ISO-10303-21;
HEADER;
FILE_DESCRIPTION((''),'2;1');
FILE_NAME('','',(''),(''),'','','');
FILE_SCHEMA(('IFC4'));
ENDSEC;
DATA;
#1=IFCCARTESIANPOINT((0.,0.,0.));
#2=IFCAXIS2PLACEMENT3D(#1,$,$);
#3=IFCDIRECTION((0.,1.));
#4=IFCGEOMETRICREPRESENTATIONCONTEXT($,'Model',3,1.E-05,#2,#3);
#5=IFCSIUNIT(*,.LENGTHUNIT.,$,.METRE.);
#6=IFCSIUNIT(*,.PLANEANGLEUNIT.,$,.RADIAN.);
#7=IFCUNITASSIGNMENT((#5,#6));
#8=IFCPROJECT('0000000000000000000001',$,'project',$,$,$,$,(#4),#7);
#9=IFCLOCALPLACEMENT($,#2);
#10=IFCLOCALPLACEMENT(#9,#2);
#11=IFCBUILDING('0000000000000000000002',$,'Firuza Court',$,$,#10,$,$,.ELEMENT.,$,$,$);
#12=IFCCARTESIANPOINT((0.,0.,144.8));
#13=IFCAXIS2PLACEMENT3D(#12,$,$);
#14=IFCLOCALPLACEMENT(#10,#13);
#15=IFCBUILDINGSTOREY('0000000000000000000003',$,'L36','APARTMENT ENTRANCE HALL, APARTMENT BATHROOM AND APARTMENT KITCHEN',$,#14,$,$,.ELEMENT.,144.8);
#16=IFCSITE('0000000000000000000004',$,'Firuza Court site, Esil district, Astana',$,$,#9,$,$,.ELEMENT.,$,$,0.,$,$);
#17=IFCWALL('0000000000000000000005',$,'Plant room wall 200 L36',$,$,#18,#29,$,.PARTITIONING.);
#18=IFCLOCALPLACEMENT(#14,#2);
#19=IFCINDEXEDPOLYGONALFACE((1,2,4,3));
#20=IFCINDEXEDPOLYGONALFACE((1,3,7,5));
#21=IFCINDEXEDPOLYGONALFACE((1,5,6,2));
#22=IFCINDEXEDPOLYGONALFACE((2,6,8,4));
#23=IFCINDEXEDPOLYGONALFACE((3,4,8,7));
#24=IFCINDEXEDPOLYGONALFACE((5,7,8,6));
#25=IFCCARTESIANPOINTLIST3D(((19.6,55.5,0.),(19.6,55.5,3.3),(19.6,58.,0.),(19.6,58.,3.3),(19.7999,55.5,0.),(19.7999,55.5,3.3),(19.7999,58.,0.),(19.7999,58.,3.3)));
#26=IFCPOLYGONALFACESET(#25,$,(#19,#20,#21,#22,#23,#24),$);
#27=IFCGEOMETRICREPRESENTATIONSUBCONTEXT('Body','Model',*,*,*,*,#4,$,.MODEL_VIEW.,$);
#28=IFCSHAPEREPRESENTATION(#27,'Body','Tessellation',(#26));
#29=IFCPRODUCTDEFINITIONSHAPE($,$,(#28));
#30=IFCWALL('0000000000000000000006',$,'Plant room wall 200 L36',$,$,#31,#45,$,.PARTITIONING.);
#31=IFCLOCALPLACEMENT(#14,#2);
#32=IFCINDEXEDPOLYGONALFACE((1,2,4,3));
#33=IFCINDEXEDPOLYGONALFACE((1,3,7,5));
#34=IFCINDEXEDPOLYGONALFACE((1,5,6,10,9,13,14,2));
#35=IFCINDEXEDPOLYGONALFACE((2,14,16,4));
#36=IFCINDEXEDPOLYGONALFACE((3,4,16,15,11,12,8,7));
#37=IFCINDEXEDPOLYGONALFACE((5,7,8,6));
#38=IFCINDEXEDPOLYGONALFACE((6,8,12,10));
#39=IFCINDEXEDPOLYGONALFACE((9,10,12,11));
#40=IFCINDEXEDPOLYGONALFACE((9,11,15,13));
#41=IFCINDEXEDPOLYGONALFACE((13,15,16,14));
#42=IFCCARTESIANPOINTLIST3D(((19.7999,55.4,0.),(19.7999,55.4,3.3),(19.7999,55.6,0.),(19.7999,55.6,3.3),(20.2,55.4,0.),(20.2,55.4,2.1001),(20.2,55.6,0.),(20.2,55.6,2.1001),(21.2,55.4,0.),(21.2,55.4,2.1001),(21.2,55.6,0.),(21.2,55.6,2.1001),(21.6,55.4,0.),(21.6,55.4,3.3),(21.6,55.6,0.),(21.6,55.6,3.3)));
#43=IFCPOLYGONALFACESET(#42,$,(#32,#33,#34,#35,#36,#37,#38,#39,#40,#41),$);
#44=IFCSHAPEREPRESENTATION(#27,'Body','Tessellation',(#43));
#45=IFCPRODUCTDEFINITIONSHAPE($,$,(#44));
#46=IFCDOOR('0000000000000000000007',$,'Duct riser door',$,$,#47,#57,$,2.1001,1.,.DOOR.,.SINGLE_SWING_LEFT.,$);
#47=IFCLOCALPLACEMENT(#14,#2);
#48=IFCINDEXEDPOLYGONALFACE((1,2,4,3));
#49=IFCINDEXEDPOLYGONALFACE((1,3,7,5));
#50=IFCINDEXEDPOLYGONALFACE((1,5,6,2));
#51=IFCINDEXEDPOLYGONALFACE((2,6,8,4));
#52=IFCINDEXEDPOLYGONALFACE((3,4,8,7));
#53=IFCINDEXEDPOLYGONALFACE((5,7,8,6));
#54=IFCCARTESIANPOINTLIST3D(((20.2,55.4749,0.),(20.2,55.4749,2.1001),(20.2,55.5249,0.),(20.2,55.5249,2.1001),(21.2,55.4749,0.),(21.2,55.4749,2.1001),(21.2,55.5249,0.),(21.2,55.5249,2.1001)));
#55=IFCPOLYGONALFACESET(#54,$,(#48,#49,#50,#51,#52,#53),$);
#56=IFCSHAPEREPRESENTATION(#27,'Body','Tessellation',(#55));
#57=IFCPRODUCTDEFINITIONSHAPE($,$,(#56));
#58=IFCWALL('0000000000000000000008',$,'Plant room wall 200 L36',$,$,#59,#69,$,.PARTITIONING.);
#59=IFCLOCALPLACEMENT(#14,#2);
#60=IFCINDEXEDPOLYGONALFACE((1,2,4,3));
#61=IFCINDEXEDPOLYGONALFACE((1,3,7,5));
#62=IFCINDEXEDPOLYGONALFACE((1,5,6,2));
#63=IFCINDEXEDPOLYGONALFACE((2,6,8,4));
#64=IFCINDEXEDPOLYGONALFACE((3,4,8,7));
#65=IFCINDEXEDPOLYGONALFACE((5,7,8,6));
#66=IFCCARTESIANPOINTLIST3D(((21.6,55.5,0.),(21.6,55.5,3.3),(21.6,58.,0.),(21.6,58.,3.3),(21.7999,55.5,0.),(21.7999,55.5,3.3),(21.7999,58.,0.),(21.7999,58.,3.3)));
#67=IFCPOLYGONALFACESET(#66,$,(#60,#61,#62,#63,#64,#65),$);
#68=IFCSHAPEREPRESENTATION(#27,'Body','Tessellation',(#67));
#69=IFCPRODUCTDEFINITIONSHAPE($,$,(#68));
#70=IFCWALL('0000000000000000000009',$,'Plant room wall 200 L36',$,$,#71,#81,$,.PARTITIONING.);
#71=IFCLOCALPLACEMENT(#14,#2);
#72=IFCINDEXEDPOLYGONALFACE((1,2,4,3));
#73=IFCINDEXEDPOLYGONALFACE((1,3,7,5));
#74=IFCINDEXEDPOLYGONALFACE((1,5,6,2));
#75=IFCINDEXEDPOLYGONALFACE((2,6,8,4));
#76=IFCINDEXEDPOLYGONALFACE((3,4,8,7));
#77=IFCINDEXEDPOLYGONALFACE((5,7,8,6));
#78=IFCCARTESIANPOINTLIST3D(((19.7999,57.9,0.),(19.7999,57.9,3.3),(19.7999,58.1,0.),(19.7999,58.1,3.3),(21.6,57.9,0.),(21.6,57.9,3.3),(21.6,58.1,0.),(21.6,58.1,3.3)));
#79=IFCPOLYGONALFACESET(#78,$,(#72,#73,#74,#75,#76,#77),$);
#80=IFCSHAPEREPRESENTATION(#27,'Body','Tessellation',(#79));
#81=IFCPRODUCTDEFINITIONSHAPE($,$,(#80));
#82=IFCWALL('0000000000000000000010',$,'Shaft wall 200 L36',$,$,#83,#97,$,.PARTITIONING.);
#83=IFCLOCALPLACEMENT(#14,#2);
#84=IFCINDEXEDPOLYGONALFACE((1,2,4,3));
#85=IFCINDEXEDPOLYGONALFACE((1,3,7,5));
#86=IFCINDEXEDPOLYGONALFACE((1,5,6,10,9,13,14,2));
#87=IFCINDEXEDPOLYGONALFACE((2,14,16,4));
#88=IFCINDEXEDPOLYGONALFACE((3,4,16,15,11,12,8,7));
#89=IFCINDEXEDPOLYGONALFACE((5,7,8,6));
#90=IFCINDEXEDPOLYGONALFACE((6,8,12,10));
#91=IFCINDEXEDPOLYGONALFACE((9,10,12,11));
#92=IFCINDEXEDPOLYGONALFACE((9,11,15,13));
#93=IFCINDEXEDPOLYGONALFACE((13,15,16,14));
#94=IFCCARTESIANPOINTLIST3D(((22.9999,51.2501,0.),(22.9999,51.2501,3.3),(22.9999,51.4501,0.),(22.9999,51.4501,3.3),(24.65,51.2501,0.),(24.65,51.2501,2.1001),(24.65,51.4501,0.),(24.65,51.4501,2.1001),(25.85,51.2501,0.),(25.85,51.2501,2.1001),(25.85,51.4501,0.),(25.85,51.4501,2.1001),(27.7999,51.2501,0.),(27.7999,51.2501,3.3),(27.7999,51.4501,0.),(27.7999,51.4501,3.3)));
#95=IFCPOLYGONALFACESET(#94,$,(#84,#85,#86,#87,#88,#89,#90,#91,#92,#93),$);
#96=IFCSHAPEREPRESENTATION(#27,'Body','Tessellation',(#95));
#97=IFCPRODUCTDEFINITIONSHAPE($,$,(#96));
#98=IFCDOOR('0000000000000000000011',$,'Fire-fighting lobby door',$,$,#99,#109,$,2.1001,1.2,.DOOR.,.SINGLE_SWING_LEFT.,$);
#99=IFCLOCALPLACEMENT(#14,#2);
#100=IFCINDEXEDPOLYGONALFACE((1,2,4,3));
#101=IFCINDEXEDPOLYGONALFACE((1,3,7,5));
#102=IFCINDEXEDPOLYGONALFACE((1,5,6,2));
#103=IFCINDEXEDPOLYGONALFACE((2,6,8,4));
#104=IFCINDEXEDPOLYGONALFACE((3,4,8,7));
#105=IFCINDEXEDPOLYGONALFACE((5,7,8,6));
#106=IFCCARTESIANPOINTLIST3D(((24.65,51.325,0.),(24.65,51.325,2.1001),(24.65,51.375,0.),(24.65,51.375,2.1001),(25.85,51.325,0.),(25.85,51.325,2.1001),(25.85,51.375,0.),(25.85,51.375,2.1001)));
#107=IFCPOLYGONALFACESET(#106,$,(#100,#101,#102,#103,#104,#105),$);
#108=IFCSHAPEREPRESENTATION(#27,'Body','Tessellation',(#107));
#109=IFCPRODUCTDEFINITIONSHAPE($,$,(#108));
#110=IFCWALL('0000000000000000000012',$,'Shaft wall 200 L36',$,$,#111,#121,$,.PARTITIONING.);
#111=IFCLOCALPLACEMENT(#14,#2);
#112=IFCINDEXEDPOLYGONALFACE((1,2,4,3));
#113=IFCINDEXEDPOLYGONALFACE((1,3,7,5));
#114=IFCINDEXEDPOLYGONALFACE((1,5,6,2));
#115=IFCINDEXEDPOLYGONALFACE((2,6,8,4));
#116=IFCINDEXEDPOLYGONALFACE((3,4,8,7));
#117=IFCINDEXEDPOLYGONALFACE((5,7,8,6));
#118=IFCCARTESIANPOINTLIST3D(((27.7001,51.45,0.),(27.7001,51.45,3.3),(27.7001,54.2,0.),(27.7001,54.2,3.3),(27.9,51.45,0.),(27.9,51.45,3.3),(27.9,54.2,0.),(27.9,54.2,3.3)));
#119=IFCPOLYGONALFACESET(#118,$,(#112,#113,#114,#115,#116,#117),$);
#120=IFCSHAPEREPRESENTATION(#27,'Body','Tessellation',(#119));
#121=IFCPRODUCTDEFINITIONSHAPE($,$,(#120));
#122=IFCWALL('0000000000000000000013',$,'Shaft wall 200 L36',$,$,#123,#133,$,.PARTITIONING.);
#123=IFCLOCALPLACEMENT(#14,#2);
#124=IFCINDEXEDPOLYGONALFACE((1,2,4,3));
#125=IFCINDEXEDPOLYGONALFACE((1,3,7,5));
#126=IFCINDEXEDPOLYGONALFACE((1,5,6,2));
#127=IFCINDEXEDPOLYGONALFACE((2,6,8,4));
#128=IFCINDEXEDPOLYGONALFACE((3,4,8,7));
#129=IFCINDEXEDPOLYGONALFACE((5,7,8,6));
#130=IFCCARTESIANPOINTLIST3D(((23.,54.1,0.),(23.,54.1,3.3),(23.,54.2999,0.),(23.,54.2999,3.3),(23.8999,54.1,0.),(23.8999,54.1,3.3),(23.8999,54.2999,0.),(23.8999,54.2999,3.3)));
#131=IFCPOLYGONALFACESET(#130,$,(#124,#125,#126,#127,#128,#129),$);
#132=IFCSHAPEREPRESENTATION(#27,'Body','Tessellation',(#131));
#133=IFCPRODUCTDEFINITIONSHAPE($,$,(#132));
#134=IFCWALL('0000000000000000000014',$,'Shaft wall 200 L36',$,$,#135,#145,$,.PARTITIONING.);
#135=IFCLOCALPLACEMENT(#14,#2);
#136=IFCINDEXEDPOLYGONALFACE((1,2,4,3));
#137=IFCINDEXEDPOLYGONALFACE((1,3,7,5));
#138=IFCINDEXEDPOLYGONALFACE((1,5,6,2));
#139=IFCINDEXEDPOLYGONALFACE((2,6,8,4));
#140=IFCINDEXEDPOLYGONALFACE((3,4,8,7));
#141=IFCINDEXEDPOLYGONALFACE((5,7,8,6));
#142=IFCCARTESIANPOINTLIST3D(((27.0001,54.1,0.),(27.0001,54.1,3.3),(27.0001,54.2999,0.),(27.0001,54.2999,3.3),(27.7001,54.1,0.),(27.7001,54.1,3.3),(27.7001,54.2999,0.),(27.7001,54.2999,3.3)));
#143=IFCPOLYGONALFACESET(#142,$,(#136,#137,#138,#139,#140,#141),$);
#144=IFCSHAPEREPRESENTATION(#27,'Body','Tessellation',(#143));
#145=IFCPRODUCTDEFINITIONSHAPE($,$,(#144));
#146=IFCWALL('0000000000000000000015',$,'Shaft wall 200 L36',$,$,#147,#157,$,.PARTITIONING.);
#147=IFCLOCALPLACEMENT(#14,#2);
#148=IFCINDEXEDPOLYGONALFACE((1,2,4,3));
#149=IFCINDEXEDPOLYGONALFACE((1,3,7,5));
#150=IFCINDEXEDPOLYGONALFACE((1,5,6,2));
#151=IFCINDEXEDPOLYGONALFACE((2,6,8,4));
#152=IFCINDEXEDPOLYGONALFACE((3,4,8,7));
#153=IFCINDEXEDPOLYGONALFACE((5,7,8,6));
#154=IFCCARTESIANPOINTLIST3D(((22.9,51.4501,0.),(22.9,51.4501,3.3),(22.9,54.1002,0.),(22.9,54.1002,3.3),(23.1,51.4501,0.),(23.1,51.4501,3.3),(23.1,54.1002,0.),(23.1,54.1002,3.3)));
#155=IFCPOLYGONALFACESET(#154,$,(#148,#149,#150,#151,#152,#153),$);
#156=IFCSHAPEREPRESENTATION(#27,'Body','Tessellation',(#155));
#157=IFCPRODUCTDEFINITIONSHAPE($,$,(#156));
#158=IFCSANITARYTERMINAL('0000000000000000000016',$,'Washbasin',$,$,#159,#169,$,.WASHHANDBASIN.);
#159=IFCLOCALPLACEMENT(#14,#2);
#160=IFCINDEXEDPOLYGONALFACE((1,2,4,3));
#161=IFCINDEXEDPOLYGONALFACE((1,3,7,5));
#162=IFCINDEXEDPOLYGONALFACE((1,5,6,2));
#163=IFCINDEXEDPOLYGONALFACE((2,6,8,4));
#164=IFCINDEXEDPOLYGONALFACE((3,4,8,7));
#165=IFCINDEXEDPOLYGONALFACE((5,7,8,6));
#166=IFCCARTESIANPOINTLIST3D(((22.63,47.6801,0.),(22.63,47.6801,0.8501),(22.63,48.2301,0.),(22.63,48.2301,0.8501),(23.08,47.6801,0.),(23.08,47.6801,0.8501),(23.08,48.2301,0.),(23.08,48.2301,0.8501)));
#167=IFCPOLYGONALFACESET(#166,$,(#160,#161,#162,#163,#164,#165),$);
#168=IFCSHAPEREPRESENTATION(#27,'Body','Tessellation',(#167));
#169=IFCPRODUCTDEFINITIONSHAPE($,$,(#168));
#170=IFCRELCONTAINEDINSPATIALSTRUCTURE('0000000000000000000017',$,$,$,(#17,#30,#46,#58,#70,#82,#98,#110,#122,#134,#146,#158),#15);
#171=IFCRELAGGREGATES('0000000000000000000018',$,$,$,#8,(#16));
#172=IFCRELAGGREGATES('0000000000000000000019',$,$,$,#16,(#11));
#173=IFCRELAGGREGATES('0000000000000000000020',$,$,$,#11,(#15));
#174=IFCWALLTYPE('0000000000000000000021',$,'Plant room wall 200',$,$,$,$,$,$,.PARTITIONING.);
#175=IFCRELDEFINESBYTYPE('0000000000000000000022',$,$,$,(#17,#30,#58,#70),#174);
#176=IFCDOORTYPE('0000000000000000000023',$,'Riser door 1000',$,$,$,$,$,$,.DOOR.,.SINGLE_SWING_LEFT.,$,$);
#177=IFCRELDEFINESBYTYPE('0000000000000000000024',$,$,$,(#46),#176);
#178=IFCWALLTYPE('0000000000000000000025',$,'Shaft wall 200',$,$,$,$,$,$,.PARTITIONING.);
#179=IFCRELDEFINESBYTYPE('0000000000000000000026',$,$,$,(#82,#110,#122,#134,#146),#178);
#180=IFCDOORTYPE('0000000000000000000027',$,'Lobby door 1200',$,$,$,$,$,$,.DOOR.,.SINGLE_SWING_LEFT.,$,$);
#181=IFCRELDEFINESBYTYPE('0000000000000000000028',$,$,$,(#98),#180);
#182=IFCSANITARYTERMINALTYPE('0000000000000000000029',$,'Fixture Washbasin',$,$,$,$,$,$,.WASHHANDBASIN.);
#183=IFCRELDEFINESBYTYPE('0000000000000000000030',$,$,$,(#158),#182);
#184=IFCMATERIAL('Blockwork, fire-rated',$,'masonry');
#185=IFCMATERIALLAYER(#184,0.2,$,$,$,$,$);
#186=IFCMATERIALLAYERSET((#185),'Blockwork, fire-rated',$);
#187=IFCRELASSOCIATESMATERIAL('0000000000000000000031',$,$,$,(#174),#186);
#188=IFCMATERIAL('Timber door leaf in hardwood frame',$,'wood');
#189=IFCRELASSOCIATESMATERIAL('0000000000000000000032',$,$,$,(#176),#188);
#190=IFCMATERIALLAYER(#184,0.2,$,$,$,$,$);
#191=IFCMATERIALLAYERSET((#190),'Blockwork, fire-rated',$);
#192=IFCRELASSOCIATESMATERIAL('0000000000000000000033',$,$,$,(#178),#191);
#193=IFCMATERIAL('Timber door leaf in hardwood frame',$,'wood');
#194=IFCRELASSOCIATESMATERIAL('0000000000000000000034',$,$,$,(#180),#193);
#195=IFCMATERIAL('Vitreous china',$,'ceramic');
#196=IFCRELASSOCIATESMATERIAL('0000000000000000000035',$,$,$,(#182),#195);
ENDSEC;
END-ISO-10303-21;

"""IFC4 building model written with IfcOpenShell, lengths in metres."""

from ifc_helpers import new_model, si_unit, direction, frame, frame_2d, origin, origin_2d, place, context, subcontext, project, spatial, rectangle, extrude, material, layer, layer_set, type_object, element, fill, save


model = new_model("IFC4")

# Units and contexts
model_context = context("Model", 3, precision=1e-05, world=origin(), true_north=direction((0.0, 1.0)))
body_context = subcontext(model_context, "Body", "Model", "MODEL_VIEW")
ifc_project = project(units=[si_unit("LENGTHUNIT", "METRE"), si_unit("PLANEANGLEUNIT", "RADIAN")], contexts=[model_context])

# Site, building, storey
site_placement = place(None, origin())
site = spatial("IfcSite", under=ifc_project, at=site_placement, Name="Firuza Court site, Esil district, Astana", CompositionType="ELEMENT", RefElevation=0.0)
building_placement = place(site_placement, origin())
building = spatial("IfcBuilding", under=site, at=building_placement, Name="Firuza Court", CompositionType="ELEMENT")
storey_placement = place(building_placement, frame((0.0, 0.0, 144.8)))
storey = spatial("IfcBuildingStorey", under=building, at=storey_placement, Name="L36", Description="APARTMENT ENTRANCE HALL, APARTMENT BATHROOM AND APARTMENT KITCHEN", CompositionType="ELEMENT", Elevation=144.8)

# Wall
ifc_material_1 = material(Name="Blockwork, fire-rated", Category="masonry")
ifc_layer_1 = layer(ifc_material_1, 0.2)
ifc_layer_set_1 = layer_set([ifc_layer_1], Name="Blockwork, fire-rated")
wall_type_1 = type_object("IfcWallType", Name="Plant room wall 200", PredefinedType="PARTITIONING", material=ifc_layer_set_1)
wall_1_placement = place(storey_placement, frame((19.7, 55.5, 0.0), z_axis=(0.0, 0.0, 1.0), x_axis=(0.0, 1.0, 0.0)))
element("IfcWall", 1, at=wall_1_placement, inside=storey, type_object=wall_type_1, Name="Plant room wall 200 L36", PredefinedType="PARTITIONING", context=body_context, shape_type="SweptSolid", body=[
    extrude(rectangle(XDim=2.5, YDim=0.2, at=frame_2d((1.25, 0.0))), origin(), (0.0, 0.0, 1.0), 3.3),
])

# Wall, opening, door
wall_2_placement = place(storey_placement, frame((19.8, 55.5, 0.0), z_axis=(0.0, 0.0, 1.0), x_axis=(1.0, 0.0, 0.0)))
wall_2 = element("IfcWall", 2, at=wall_2_placement, inside=storey, type_object=wall_type_1, Name="Plant room wall 200 L36", PredefinedType="PARTITIONING", context=body_context, shape_type="SweptSolid", body=[
    extrude(rectangle(XDim=1.8, YDim=0.2, at=frame_2d((0.8999, 0.0))), origin(), (0.0, 0.0, 1.0), 3.3),
])
opening_1_placement = place(wall_2_placement, frame((0.3999, 0.0, 0.0)))
opening_1 = element("IfcOpeningElement", 3, at=opening_1_placement, cuts=wall_2, PredefinedType="OPENING", context=body_context, shape_type="SweptSolid", body=[
    extrude(rectangle(XDim=1.0, YDim=2.1001, at=frame_2d((0.5, 1.05))), frame((0.0, 0.1118, 0.0), z_axis=(0.0, -1.0, 0.0), x_axis=(1.0, 0.0, 0.0)), (0.0, 0.0, 1.0), 0.2239),
])
ifc_material_2 = material(Name="Timber door leaf in hardwood frame", Category="wood")
door_type_1 = type_object("IfcDoorType", Name="Riser door 1000", OperationType="SINGLE_SWING_LEFT", PredefinedType="DOOR", material=ifc_material_2)
door_1_placement = place(opening_1_placement, origin())
door_1 = element("IfcDoor", 4, at=door_1_placement, inside=storey, type_object=door_type_1, Name="Duct riser door", OperationType="SINGLE_SWING_LEFT", OverallHeight=2.1001, OverallWidth=1.0, PredefinedType="DOOR", context=body_context, shape_type="SweptSolid", body=[
    extrude(rectangle(XDim=1.0, YDim=2.1001, at=frame_2d((0.5, 1.05))), frame((0.0, 0.0249, 0.0), z_axis=(0.0, -1.0, 0.0), x_axis=(1.0, 0.0, 0.0)), (0.0, 0.0, 1.0), 0.05),
])
fill(opening_1, door_1)

# Walls
wall_3_placement = place(storey_placement, frame((21.7, 55.5, 0.0), z_axis=(0.0, 0.0, 1.0), x_axis=(0.0, 1.0, 0.0)))
element("IfcWall", 5, at=wall_3_placement, inside=storey, type_object=wall_type_1, Name="Plant room wall 200 L36", PredefinedType="PARTITIONING", context=body_context, shape_type="SweptSolid", body=[
    extrude(rectangle(XDim=2.5, YDim=0.2, at=frame_2d((1.25, 0.0))), origin(), (0.0, 0.0, 1.0), 3.3),
])
wall_4_placement = place(storey_placement, frame((19.8, 58.0, 0.0), z_axis=(0.0, 0.0, 1.0), x_axis=(1.0, 0.0, 0.0)))
element("IfcWall", 6, at=wall_4_placement, inside=storey, type_object=wall_type_1, Name="Plant room wall 200 L36", PredefinedType="PARTITIONING", context=body_context, shape_type="SweptSolid", body=[
    extrude(rectangle(XDim=1.8, YDim=0.2, at=frame_2d((0.8999, 0.0))), origin(), (0.0, 0.0, 1.0), 3.3),
])

# Wall, opening, door
ifc_layer_2 = layer(ifc_material_1, 0.2)
ifc_layer_set_2 = layer_set([ifc_layer_2], Name="Blockwork, fire-rated")
wall_type_2 = type_object("IfcWallType", Name="Shaft wall 200", PredefinedType="PARTITIONING", material=ifc_layer_set_2)
wall_5_placement = place(storey_placement, frame((23.0, 51.3501, 0.0), z_axis=(0.0, 0.0, 1.0), x_axis=(1.0, 0.0, 0.0)))
wall_5 = element("IfcWall", 7, at=wall_5_placement, inside=storey, type_object=wall_type_2, Name="Shaft wall 200 L36", PredefinedType="PARTITIONING", context=body_context, shape_type="SweptSolid", body=[
    extrude(rectangle(XDim=4.8, YDim=0.2, at=frame_2d((2.3999, 0.0))), origin(), (0.0, 0.0, 1.0), 3.3),
])
opening_2_placement = place(wall_5_placement, frame((1.6499, 0.0, 0.0)))
opening_2 = element("IfcOpeningElement", 8, at=opening_2_placement, cuts=wall_5, PredefinedType="OPENING", context=body_context, shape_type="SweptSolid", body=[
    extrude(rectangle(XDim=1.2, YDim=2.1001, at=frame_2d((0.6001, 1.05))), frame((0.0, 0.1118, 0.0), z_axis=(0.0, -1.0, 0.0), x_axis=(1.0, 0.0, 0.0)), (0.0, 0.0, 1.0), 0.2239),
])
ifc_material_3 = material(Name="Timber door leaf in hardwood frame", Category="wood")
door_type_2 = type_object("IfcDoorType", Name="Lobby door 1200", OperationType="SINGLE_SWING_LEFT", PredefinedType="DOOR", material=ifc_material_3)
door_2_placement = place(opening_2_placement, origin())
door_2 = element("IfcDoor", 9, at=door_2_placement, inside=storey, type_object=door_type_2, Name="Fire-fighting lobby door", OperationType="SINGLE_SWING_LEFT", OverallHeight=2.1001, OverallWidth=1.2, PredefinedType="DOOR", context=body_context, shape_type="SweptSolid", body=[
    extrude(rectangle(XDim=1.2, YDim=2.1001, at=frame_2d((0.6001, 1.05))), frame((0.0, 0.0249, 0.0), z_axis=(0.0, -1.0, 0.0), x_axis=(1.0, 0.0, 0.0)), (0.0, 0.0, 1.0), 0.05),
])
fill(opening_2, door_2)

# Walls
wall_6_placement = place(storey_placement, frame((27.8, 51.45, 0.0), z_axis=(0.0, 0.0, 1.0), x_axis=(0.0, 1.0, 0.0)))
element("IfcWall", 10, at=wall_6_placement, inside=storey, type_object=wall_type_2, Name="Shaft wall 200 L36", PredefinedType="PARTITIONING", context=body_context, shape_type="SweptSolid", body=[
    extrude(rectangle(XDim=2.75, YDim=0.2, at=frame_2d((1.375, 0.0))), origin(), (0.0, 0.0, 1.0), 3.3),
])
wall_7_placement = place(storey_placement, frame((23.0, 54.2, 0.0), z_axis=(0.0, 0.0, 1.0), x_axis=(1.0, 0.0, 0.0)))
element("IfcWall", 11, at=wall_7_placement, inside=storey, type_object=wall_type_2, Name="Shaft wall 200 L36", PredefinedType="PARTITIONING", context=body_context, shape_type="SweptSolid", body=[
    extrude(rectangle(XDim=0.8999, YDim=0.2, at=frame_2d((0.45, 0.0))), origin(), (0.0, 0.0, 1.0), 3.3),
])
wall_8_placement = place(storey_placement, frame((27.0, 54.2, 0.0), z_axis=(0.0, 0.0, 1.0), x_axis=(1.0, 0.0, 0.0)))
element("IfcWall", 12, at=wall_8_placement, inside=storey, type_object=wall_type_2, Name="Shaft wall 200 L36", PredefinedType="PARTITIONING", context=body_context, shape_type="SweptSolid", body=[
    extrude(rectangle(XDim=0.7, YDim=0.2, at=frame_2d((0.3501, 0.0))), origin(), (0.0, 0.0, 1.0), 3.3),
])
wall_9_placement = place(storey_placement, frame((23.0, 51.45, 0.0), z_axis=(0.0, 0.0, 1.0), x_axis=(0.0, 1.0, 0.0)))
element("IfcWall", 13, at=wall_9_placement, inside=storey, type_object=wall_type_2, Name="Shaft wall 200 L36", PredefinedType="PARTITIONING", context=body_context, shape_type="SweptSolid", body=[
    extrude(rectangle(XDim=2.6501, YDim=0.2, at=frame_2d((1.3252, 0.0))), origin(), (0.0, 0.0, 1.0), 3.3),
])

# Sanitary terminal
ifc_material_4 = material(Name="Vitreous china", Category="ceramic")
sanitary_terminal_type = type_object("IfcSanitaryTerminalType", Name="Fixture Washbasin", PredefinedType="WASHHANDBASIN", material=ifc_material_4)
sanitary_terminal_placement = place(storey_placement, frame((22.855, 47.9551, 0.0), z_axis=(0.0, 0.0, 1.0), x_axis=(1.0, 0.0, 0.0)))
element("IfcSanitaryTerminal", 14, at=sanitary_terminal_placement, inside=storey, type_object=sanitary_terminal_type, Name="Washbasin", PredefinedType="WASHHANDBASIN", context=body_context, shape_type="SweptSolid", body=[
    extrude(rectangle(XDim=0.45, YDim=0.55, at=origin_2d()), origin(), (0.0, 0.0, 1.0), 0.8501),
])

save(model, "model.ifc")
